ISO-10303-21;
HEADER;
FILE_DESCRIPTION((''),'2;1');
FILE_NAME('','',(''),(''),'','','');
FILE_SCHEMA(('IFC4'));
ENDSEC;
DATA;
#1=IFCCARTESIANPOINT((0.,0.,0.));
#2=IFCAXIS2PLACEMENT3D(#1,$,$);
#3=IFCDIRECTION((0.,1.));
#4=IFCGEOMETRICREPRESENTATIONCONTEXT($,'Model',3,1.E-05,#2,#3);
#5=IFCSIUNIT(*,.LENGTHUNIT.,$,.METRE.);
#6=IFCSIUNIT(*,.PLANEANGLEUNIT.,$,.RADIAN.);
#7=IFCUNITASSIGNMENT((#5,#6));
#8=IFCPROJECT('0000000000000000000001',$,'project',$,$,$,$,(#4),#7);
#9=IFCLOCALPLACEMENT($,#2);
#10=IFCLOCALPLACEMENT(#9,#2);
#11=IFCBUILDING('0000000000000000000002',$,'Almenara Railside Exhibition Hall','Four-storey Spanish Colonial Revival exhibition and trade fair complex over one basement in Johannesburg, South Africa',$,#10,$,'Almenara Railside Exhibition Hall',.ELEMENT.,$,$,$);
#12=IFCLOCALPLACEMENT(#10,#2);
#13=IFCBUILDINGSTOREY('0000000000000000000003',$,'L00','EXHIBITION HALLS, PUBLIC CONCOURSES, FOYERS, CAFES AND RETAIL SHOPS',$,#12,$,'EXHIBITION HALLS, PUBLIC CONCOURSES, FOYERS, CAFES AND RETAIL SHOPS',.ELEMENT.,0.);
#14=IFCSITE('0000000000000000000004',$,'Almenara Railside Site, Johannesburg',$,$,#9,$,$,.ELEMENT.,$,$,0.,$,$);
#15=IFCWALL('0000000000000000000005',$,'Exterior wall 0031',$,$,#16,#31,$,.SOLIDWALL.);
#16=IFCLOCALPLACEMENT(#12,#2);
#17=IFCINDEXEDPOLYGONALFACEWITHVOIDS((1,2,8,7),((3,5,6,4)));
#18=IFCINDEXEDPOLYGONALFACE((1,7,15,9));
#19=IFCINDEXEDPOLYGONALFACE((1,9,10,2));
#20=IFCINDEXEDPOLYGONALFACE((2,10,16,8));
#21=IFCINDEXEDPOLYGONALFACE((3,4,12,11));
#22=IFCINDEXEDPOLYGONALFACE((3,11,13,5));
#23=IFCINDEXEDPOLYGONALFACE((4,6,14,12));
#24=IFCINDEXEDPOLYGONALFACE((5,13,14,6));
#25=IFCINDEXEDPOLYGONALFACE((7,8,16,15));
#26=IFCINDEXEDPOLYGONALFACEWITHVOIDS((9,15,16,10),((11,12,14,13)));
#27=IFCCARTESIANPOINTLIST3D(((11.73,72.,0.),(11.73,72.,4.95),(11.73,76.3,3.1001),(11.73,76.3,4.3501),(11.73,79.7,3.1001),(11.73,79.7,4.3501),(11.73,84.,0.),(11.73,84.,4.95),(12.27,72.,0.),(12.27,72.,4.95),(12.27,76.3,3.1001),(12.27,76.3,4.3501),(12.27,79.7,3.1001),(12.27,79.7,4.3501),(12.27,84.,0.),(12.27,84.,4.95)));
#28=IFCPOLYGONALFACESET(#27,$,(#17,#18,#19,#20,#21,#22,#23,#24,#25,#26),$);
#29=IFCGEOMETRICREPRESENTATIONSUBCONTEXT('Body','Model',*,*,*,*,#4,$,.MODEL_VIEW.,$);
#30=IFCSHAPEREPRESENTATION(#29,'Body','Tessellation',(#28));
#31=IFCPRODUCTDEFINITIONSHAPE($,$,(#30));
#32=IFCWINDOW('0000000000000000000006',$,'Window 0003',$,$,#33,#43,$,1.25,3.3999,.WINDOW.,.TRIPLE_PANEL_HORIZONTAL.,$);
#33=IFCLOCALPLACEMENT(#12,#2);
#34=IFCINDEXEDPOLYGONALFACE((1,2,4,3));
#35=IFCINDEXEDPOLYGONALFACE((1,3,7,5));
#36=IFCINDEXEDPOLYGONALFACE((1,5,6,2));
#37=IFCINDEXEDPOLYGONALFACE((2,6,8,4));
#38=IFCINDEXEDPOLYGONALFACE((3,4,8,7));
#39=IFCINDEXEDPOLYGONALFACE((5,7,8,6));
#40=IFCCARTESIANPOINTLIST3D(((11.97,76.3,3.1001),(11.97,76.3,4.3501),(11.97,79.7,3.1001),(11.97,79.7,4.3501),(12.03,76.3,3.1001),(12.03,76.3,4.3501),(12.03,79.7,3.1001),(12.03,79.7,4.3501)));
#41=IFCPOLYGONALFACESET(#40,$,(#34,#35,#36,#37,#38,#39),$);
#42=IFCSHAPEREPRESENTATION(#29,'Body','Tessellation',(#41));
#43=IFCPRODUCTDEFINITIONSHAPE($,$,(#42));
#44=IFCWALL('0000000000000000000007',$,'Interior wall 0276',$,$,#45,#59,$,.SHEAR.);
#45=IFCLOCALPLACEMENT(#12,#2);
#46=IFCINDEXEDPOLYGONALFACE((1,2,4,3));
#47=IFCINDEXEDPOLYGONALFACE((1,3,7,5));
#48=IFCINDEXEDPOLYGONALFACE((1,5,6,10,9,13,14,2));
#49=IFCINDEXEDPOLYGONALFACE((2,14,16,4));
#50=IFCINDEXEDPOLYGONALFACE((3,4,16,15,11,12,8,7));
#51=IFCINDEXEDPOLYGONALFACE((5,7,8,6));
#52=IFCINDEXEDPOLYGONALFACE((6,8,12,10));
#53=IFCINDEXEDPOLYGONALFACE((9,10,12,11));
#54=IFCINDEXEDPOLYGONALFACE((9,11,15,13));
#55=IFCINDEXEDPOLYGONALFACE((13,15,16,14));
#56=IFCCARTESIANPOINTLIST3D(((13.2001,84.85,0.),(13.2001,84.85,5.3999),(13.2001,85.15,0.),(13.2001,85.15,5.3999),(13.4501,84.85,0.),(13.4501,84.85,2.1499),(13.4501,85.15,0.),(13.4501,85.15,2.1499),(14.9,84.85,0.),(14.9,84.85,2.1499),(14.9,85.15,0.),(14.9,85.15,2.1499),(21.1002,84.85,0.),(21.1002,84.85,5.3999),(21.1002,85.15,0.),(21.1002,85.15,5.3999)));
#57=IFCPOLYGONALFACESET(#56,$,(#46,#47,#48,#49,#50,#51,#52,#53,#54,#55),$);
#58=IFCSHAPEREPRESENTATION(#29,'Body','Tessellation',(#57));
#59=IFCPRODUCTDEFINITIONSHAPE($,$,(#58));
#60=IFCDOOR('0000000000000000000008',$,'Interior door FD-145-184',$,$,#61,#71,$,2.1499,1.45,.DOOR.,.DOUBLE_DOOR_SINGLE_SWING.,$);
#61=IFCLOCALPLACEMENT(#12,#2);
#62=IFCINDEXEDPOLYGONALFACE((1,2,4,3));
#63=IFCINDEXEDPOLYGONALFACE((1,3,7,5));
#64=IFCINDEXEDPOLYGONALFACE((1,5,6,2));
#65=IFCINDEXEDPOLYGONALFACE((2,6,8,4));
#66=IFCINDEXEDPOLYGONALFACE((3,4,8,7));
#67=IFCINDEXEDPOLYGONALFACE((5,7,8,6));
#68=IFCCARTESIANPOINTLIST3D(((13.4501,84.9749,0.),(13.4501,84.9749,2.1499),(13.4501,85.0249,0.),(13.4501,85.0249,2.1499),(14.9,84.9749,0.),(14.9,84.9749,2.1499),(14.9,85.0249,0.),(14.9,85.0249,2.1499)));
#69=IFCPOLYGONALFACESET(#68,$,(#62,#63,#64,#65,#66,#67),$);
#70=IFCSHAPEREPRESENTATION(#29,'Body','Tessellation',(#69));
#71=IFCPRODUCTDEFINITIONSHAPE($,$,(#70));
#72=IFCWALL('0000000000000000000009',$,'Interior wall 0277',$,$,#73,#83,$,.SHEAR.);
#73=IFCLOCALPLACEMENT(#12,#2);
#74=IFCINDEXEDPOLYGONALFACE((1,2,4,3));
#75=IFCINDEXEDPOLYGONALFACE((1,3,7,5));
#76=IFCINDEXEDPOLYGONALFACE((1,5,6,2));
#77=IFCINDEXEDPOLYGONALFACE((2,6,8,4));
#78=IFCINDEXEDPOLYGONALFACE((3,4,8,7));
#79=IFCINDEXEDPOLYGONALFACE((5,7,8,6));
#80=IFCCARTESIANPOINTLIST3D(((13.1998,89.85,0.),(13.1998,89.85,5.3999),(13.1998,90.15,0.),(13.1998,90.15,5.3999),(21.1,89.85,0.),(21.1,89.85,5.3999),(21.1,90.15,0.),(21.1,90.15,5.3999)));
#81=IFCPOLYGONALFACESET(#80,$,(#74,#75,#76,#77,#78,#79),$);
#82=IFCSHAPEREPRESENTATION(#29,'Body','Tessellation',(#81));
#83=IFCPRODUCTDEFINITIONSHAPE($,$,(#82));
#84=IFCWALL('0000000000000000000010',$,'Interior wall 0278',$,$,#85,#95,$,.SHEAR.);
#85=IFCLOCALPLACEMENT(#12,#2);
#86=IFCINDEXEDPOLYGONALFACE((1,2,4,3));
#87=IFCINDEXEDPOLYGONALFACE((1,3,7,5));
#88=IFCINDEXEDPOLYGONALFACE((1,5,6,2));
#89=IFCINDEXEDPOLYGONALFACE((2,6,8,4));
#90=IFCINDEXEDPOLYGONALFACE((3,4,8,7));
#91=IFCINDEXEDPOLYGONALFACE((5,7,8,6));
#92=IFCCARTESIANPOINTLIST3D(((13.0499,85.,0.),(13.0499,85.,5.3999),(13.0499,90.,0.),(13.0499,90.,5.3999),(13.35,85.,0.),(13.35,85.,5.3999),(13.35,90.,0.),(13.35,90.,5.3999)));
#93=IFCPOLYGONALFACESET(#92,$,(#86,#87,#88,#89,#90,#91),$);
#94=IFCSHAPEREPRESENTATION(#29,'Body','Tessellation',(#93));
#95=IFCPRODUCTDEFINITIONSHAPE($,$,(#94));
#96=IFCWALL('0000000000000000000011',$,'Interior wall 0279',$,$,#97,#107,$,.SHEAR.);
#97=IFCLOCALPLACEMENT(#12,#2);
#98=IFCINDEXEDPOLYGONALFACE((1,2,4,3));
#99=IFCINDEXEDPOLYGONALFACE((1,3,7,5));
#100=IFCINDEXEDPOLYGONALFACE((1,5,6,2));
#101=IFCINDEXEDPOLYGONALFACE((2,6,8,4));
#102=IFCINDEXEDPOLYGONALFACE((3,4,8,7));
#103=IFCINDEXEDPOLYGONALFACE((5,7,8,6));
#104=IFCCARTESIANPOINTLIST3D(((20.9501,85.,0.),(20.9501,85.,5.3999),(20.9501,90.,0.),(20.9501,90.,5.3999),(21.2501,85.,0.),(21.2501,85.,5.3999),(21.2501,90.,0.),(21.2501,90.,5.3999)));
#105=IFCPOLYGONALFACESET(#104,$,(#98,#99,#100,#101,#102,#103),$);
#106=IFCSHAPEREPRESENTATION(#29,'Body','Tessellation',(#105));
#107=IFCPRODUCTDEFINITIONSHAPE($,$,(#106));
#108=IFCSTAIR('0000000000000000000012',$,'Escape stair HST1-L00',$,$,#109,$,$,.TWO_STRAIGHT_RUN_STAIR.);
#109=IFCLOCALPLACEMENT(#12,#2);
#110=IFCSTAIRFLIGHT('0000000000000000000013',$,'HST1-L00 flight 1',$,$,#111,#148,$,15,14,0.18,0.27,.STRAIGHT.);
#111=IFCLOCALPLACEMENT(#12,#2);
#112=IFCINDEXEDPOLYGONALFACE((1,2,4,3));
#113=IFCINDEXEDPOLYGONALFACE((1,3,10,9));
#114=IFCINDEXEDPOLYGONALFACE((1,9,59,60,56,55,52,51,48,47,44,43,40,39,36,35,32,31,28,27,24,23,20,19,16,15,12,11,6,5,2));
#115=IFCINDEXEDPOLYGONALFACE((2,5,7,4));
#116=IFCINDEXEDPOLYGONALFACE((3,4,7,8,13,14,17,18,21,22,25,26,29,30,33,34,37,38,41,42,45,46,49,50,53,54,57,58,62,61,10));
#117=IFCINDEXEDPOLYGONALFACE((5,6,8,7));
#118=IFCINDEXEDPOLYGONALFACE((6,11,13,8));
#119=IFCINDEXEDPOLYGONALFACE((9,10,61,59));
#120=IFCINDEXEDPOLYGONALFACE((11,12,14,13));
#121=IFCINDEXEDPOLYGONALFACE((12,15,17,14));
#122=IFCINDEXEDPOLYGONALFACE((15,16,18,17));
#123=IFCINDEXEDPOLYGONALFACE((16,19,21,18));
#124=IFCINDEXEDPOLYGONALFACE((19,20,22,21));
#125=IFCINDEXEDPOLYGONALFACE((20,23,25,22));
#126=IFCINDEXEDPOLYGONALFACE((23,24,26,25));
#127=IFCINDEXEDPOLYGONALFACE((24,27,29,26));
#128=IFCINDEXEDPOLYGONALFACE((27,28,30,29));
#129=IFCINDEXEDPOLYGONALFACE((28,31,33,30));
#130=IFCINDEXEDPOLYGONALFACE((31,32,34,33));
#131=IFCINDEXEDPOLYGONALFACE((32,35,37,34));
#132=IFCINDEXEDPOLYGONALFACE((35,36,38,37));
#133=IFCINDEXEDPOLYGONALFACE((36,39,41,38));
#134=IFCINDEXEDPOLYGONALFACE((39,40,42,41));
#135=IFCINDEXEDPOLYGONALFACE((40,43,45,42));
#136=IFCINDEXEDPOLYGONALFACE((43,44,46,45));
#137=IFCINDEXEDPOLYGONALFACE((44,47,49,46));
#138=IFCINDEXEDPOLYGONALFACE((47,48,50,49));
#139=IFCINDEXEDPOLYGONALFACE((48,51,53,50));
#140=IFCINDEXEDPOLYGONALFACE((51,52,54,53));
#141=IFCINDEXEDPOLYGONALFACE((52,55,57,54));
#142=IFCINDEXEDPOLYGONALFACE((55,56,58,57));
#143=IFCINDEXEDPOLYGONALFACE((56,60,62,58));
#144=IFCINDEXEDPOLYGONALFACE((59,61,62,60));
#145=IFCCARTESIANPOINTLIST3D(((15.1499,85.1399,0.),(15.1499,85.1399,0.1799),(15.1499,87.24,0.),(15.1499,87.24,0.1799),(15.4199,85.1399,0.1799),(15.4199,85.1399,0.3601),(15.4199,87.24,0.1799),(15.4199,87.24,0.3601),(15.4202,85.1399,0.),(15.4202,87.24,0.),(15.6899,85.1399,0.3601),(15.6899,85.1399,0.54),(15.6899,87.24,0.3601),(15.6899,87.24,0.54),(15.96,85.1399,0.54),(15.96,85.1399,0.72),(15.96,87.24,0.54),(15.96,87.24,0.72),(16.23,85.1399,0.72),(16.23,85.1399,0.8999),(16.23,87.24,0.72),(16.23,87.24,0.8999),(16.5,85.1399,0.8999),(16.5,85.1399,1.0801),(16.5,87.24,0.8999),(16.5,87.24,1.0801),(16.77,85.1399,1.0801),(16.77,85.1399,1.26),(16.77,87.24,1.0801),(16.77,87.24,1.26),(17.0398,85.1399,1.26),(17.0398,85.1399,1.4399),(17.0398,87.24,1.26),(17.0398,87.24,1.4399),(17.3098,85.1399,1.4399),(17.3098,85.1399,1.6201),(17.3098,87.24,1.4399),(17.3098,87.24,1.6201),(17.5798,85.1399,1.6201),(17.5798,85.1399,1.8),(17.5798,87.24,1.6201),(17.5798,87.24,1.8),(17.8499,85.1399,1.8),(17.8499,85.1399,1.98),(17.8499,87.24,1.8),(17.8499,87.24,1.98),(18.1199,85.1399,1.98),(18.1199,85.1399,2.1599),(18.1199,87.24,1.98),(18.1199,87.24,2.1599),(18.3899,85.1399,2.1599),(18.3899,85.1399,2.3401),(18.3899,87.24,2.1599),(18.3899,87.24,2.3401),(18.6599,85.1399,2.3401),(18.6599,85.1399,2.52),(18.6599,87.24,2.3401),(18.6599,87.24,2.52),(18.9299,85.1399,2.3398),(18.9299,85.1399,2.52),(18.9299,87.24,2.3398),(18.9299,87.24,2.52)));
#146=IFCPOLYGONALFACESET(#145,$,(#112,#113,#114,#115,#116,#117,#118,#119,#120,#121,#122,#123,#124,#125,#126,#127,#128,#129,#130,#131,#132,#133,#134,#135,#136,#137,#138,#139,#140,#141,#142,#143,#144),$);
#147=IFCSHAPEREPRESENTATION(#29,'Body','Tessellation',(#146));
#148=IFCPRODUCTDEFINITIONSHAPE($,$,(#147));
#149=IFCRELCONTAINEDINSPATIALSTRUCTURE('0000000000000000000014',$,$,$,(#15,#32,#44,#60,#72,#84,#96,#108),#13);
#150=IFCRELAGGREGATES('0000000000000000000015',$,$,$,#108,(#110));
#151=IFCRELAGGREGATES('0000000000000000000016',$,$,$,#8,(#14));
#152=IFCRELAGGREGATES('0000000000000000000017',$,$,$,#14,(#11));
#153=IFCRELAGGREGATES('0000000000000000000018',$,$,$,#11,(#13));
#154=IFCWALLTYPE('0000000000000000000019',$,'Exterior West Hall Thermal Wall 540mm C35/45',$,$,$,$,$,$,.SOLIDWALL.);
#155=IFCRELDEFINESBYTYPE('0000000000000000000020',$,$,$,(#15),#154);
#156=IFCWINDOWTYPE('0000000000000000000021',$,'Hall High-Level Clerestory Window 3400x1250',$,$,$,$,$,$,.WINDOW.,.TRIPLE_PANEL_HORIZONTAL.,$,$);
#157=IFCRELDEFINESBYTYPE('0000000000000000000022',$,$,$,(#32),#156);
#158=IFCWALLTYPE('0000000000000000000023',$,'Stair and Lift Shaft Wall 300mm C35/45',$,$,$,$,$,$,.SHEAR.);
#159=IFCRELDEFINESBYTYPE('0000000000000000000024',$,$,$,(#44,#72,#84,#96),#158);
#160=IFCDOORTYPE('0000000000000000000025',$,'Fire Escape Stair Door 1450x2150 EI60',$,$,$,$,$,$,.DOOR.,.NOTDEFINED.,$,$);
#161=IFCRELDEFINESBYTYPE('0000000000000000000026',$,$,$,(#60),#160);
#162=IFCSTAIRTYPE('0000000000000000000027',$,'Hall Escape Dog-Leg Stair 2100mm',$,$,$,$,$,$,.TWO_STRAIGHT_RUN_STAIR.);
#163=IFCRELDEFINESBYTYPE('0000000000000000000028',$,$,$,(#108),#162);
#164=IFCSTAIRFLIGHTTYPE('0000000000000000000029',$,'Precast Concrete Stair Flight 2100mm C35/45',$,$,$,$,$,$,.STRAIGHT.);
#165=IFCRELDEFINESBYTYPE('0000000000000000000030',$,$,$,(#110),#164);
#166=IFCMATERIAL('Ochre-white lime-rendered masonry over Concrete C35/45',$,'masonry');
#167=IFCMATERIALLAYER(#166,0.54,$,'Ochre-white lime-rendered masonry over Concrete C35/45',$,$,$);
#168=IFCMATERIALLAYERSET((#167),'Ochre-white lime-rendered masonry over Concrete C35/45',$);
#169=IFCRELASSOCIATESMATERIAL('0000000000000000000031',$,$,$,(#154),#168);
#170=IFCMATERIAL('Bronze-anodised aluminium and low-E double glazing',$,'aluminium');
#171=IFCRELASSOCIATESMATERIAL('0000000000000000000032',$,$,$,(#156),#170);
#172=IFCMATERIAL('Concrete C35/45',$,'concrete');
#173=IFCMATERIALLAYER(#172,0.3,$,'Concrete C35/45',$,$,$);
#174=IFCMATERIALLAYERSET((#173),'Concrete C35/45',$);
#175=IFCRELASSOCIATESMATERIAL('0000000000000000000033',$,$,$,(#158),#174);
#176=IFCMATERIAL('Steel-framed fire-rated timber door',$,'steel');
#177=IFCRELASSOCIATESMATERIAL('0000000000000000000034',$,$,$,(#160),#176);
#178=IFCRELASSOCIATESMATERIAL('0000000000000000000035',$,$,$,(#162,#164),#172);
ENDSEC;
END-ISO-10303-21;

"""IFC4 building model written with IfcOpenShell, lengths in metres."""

from ifc_helpers import new_model, si_unit, direction, frame, frame_2d, origin, place, context, subcontext, project, spatial, polyline, rectangle, outline, extrude, material, layer, layer_set, type_object, element, fill, aggregate, save


model = new_model("IFC4")

# Units and contexts
model_context = context("Model", 3, precision=1e-05, world=origin(), true_north=direction((0.0, 1.0)))
body_context = subcontext(model_context, "Body", "Model", "MODEL_VIEW")
ifc_project = project(units=[si_unit("LENGTHUNIT", "METRE"), si_unit("PLANEANGLEUNIT", "RADIAN")], contexts=[model_context])

# Site, building, storey
site_placement = place(None, origin())
site = spatial("IfcSite", under=ifc_project, at=site_placement, Name="Almenara Railside Site, Johannesburg", CompositionType="ELEMENT", RefElevation=0.0)
building_placement = place(site_placement, origin())
building = spatial("IfcBuilding", under=site, at=building_placement, Name="Almenara Railside Exhibition Hall", Description="Four-storey Spanish Colonial Revival exhibition and trade fair complex over one basement in Johannesburg, South Africa", LongName="Almenara Railside Exhibition Hall", CompositionType="ELEMENT")
storey_placement = place(building_placement, origin())
storey = spatial("IfcBuildingStorey", under=building, at=storey_placement, Name="L00", Description="EXHIBITION HALLS, PUBLIC CONCOURSES, FOYERS, CAFES AND RETAIL SHOPS", LongName="EXHIBITION HALLS, PUBLIC CONCOURSES, FOYERS, CAFES AND RETAIL SHOPS", CompositionType="ELEMENT", Elevation=0.0)

# Shared definitions
ifc_material_1 = material(Name="Concrete C35/45", Category="concrete")

# Wall, opening, window
ifc_material_2 = material(Name="Ochre-white lime-rendered masonry over Concrete C35/45", Category="masonry")
ifc_layer_1 = layer(ifc_material_2, 0.54, Name="Ochre-white lime-rendered masonry over Concrete C35/45")
ifc_layer_set_1 = layer_set([ifc_layer_1], Name="Ochre-white lime-rendered masonry over Concrete C35/45")
wall_type_1 = type_object("IfcWallType", Name="Exterior West Hall Thermal Wall 540mm C35/45", PredefinedType="SOLIDWALL", material=ifc_layer_set_1)
wall_1_placement = place(storey_placement, frame((12.0, 84.0, 0.0), z_axis=(0.0, 0.0, 1.0), x_axis=(0.0, -1.0, 0.0)))
wall_1 = element("IfcWall", 1, at=wall_1_placement, inside=storey, type_object=wall_type_1, Name="Exterior wall 0031", PredefinedType="SOLIDWALL", context=body_context, shape_type="SweptSolid", body=[
    extrude(rectangle(XDim=12.0, YDim=0.54, at=frame_2d((6.0, 0.0))), origin(), (0.0, 0.0, 1.0), 4.95),
])
opening_1_placement = place(wall_1_placement, frame((4.3, 0.0, 3.1001)))
opening_1 = element("IfcOpeningElement", 2, at=opening_1_placement, cuts=wall_1, PredefinedType="OPENING", context=body_context, shape_type="SweptSolid", body=[
    extrude(rectangle(XDim=3.3999, YDim=1.25, at=frame_2d((1.7, 0.625))), frame((0.0, 0.28, 0.0), z_axis=(0.0, -1.0, 0.0), x_axis=(1.0, 0.0, 0.0)), (0.0, 0.0, 1.0), 0.5601),
])
ifc_material_3 = material(Name="Bronze-anodised aluminium and low-E double glazing", Category="aluminium")
window_type = type_object("IfcWindowType", Name="Hall High-Level Clerestory Window 3400x1250", PartitioningType="TRIPLE_PANEL_HORIZONTAL", PredefinedType="WINDOW", material=ifc_material_3)
window_placement = place(opening_1_placement, origin())
window = element("IfcWindow", 3, at=window_placement, inside=storey, type_object=window_type, Name="Window 0003", OverallHeight=1.25, OverallWidth=3.3999, PartitioningType="TRIPLE_PANEL_HORIZONTAL", PredefinedType="WINDOW", context=body_context, shape_type="SweptSolid", body=[
    extrude(rectangle(XDim=3.3999, YDim=1.25, at=frame_2d((1.7, 0.625))), frame((0.0, 0.03, 0.0), z_axis=(0.0, -1.0, 0.0), x_axis=(1.0, 0.0, 0.0)), (0.0, 0.0, 1.0), 0.0601),
])
fill(opening_1, window)

# Wall, opening, door
ifc_layer_2 = layer(ifc_material_1, 0.3, Name="Concrete C35/45")
ifc_layer_set_2 = layer_set([ifc_layer_2], Name="Concrete C35/45")
wall_type_2 = type_object("IfcWallType", Name="Stair and Lift Shaft Wall 300mm C35/45", PredefinedType="SHEAR", material=ifc_layer_set_2)
wall_2_placement = place(storey_placement, frame((13.2, 85.0, 0.0), z_axis=(0.0, 0.0, 1.0), x_axis=(1.0, 0.0, 0.0)))
wall_2 = element("IfcWall", 4, at=wall_2_placement, inside=storey, type_object=wall_type_2, Name="Interior wall 0276", PredefinedType="SHEAR", context=body_context, shape_type="SweptSolid", body=[
    extrude(rectangle(XDim=7.9001, YDim=0.3, at=frame_2d((3.9502, 0.0))), origin(), (0.0, 0.0, 1.0), 5.3999),
])
opening_2_placement = place(wall_2_placement, frame((0.25, 0.0, 0.0)))
opening_2 = element("IfcOpeningElement", 5, at=opening_2_placement, cuts=wall_2, PredefinedType="OPENING", context=body_context, shape_type="SweptSolid", body=[
    extrude(rectangle(XDim=1.45, YDim=2.1499, at=frame_2d((0.7251, 1.075))), frame((0.0, 0.1599, 0.0), z_axis=(0.0, -1.0, 0.0), x_axis=(1.0, 0.0, 0.0)), (0.0, 0.0, 1.0), 0.3201),
])
ifc_material_4 = material(Name="Steel-framed fire-rated timber door", Category="steel")
door_type = type_object("IfcDoorType", Name="Fire Escape Stair Door 1450x2150 EI60", OperationType="NOTDEFINED", PredefinedType="DOOR", material=ifc_material_4)
door_placement = place(opening_2_placement, origin())
door = element("IfcDoor", 6, at=door_placement, inside=storey, type_object=door_type, Name="Interior door FD-145-184", OperationType="DOUBLE_DOOR_SINGLE_SWING", OverallHeight=2.1499, OverallWidth=1.45, PredefinedType="DOOR", context=body_context, shape_type="SweptSolid", body=[
    extrude(rectangle(XDim=1.45, YDim=2.1499, at=frame_2d((0.7251, 1.075))), frame((0.0, 0.0249, 0.0), z_axis=(0.0, -1.0, 0.0), x_axis=(1.0, 0.0, 0.0)), (0.0, 0.0, 1.0), 0.05),
])
fill(opening_2, door)

# Walls
wall_3_placement = place(storey_placement, frame((21.1001, 90.0, 0.0), z_axis=(0.0, 0.0, 1.0), x_axis=(-1.0, 0.0, 0.0)))
element("IfcWall", 7, at=wall_3_placement, inside=storey, type_object=wall_type_2, Name="Interior wall 0277", PredefinedType="SHEAR", context=body_context, shape_type="SweptSolid", body=[
    extrude(rectangle(XDim=7.9001, YDim=0.3, at=frame_2d((3.9502, 0.0))), origin(), (0.0, 0.0, 1.0), 5.3999),
])
for number, where, z_axis, x_axis, name in (
    (8, (13.2, 90.0, 0.0), (0.0, 0.0, 1.0), (0.0, -1.0, 0.0), "Interior wall 0278"),
    (9, (21.1001, 85.0, 0.0), (0.0, 0.0, 1.0), (0.0, 1.0, 0.0), "Interior wall 0279"),
):
    element("IfcWall", number, at=place(storey_placement, frame(where, z_axis=z_axis, x_axis=x_axis)), inside=storey, type_object=wall_type_2, Name=name, PredefinedType="SHEAR", context=body_context, shape_type="SweptSolid", body=[
        extrude(rectangle(XDim=5.0, YDim=0.3, at=frame_2d((2.5, 0.0))), origin(), (0.0, 0.0, 1.0), 5.3999),
    ])

# Stair, stair flight
stair_type = type_object("IfcStairType", Name="Hall Escape Dog-Leg Stair 2100mm", PredefinedType="TWO_STRAIGHT_RUN_STAIR", material=ifc_material_1)
stair_placement = place(storey_placement, origin())
stair = element("IfcStair", 10, at=stair_placement, inside=storey, type_object=stair_type, Name="Escape stair HST1-L00", PredefinedType="TWO_STRAIGHT_RUN_STAIR")
stair_flight_type = type_object("IfcStairFlightType", Name="Precast Concrete Stair Flight 2100mm C35/45", PredefinedType="STRAIGHT", material=ifc_material_1)
stair_flight_1_placement = place(storey_placement, frame((15.1499, 86.1899, 0.0), z_axis=(0.0, 0.0, 1.0), x_axis=(1.0, 0.0, 0.0)))
stair_flight_1 = element("IfcStairFlight", 11, at=stair_flight_1_placement, type_object=stair_flight_type, Name="HST1-L00 flight 1", NumberOfRisers=15, NumberOfTreads=14, PredefinedType="STRAIGHT", RiserHeight=0.18, TreadLength=0.27, context=body_context, shape_type="SweptSolid", body=[
    extrude(outline(polyline([(0.0, 0.0), (0.0, 0.1799), (0.27, 0.1799), (0.27, 0.3601), (0.54, 0.3601), (0.54, 0.54), (0.8101, 0.54), (0.8101, 0.72), (1.0801, 0.72), (1.0801, 0.8999), (1.3501, 0.8999), (1.3501, 1.0801), (1.6201, 1.0801), (1.6201, 1.26), (1.8899, 1.26), (1.8899, 1.4399), (2.1599, 1.4399), (2.1599, 1.6201), (2.4299, 1.6201), (2.4299, 1.8), (2.7, 1.8), (2.7, 1.98), (2.97, 1.98), (2.97, 2.1599), (3.24, 2.1599), (3.24, 2.3401), (3.51, 2.3401), (3.51, 2.52), (3.78, 2.52), (3.78, 2.7), (3.78, 2.3398), (0.2703, 0.0), (0.0, 0.0)])), frame((0.0, 1.05, 0.0), z_axis=(0.0, -1.0, 0.0), x_axis=(1.0, 0.0, 0.0)), (0.0, 0.0, 1.0), 2.1001),
])
aggregate(stair, [stair_flight_1])

save(model, "model.ifc")
